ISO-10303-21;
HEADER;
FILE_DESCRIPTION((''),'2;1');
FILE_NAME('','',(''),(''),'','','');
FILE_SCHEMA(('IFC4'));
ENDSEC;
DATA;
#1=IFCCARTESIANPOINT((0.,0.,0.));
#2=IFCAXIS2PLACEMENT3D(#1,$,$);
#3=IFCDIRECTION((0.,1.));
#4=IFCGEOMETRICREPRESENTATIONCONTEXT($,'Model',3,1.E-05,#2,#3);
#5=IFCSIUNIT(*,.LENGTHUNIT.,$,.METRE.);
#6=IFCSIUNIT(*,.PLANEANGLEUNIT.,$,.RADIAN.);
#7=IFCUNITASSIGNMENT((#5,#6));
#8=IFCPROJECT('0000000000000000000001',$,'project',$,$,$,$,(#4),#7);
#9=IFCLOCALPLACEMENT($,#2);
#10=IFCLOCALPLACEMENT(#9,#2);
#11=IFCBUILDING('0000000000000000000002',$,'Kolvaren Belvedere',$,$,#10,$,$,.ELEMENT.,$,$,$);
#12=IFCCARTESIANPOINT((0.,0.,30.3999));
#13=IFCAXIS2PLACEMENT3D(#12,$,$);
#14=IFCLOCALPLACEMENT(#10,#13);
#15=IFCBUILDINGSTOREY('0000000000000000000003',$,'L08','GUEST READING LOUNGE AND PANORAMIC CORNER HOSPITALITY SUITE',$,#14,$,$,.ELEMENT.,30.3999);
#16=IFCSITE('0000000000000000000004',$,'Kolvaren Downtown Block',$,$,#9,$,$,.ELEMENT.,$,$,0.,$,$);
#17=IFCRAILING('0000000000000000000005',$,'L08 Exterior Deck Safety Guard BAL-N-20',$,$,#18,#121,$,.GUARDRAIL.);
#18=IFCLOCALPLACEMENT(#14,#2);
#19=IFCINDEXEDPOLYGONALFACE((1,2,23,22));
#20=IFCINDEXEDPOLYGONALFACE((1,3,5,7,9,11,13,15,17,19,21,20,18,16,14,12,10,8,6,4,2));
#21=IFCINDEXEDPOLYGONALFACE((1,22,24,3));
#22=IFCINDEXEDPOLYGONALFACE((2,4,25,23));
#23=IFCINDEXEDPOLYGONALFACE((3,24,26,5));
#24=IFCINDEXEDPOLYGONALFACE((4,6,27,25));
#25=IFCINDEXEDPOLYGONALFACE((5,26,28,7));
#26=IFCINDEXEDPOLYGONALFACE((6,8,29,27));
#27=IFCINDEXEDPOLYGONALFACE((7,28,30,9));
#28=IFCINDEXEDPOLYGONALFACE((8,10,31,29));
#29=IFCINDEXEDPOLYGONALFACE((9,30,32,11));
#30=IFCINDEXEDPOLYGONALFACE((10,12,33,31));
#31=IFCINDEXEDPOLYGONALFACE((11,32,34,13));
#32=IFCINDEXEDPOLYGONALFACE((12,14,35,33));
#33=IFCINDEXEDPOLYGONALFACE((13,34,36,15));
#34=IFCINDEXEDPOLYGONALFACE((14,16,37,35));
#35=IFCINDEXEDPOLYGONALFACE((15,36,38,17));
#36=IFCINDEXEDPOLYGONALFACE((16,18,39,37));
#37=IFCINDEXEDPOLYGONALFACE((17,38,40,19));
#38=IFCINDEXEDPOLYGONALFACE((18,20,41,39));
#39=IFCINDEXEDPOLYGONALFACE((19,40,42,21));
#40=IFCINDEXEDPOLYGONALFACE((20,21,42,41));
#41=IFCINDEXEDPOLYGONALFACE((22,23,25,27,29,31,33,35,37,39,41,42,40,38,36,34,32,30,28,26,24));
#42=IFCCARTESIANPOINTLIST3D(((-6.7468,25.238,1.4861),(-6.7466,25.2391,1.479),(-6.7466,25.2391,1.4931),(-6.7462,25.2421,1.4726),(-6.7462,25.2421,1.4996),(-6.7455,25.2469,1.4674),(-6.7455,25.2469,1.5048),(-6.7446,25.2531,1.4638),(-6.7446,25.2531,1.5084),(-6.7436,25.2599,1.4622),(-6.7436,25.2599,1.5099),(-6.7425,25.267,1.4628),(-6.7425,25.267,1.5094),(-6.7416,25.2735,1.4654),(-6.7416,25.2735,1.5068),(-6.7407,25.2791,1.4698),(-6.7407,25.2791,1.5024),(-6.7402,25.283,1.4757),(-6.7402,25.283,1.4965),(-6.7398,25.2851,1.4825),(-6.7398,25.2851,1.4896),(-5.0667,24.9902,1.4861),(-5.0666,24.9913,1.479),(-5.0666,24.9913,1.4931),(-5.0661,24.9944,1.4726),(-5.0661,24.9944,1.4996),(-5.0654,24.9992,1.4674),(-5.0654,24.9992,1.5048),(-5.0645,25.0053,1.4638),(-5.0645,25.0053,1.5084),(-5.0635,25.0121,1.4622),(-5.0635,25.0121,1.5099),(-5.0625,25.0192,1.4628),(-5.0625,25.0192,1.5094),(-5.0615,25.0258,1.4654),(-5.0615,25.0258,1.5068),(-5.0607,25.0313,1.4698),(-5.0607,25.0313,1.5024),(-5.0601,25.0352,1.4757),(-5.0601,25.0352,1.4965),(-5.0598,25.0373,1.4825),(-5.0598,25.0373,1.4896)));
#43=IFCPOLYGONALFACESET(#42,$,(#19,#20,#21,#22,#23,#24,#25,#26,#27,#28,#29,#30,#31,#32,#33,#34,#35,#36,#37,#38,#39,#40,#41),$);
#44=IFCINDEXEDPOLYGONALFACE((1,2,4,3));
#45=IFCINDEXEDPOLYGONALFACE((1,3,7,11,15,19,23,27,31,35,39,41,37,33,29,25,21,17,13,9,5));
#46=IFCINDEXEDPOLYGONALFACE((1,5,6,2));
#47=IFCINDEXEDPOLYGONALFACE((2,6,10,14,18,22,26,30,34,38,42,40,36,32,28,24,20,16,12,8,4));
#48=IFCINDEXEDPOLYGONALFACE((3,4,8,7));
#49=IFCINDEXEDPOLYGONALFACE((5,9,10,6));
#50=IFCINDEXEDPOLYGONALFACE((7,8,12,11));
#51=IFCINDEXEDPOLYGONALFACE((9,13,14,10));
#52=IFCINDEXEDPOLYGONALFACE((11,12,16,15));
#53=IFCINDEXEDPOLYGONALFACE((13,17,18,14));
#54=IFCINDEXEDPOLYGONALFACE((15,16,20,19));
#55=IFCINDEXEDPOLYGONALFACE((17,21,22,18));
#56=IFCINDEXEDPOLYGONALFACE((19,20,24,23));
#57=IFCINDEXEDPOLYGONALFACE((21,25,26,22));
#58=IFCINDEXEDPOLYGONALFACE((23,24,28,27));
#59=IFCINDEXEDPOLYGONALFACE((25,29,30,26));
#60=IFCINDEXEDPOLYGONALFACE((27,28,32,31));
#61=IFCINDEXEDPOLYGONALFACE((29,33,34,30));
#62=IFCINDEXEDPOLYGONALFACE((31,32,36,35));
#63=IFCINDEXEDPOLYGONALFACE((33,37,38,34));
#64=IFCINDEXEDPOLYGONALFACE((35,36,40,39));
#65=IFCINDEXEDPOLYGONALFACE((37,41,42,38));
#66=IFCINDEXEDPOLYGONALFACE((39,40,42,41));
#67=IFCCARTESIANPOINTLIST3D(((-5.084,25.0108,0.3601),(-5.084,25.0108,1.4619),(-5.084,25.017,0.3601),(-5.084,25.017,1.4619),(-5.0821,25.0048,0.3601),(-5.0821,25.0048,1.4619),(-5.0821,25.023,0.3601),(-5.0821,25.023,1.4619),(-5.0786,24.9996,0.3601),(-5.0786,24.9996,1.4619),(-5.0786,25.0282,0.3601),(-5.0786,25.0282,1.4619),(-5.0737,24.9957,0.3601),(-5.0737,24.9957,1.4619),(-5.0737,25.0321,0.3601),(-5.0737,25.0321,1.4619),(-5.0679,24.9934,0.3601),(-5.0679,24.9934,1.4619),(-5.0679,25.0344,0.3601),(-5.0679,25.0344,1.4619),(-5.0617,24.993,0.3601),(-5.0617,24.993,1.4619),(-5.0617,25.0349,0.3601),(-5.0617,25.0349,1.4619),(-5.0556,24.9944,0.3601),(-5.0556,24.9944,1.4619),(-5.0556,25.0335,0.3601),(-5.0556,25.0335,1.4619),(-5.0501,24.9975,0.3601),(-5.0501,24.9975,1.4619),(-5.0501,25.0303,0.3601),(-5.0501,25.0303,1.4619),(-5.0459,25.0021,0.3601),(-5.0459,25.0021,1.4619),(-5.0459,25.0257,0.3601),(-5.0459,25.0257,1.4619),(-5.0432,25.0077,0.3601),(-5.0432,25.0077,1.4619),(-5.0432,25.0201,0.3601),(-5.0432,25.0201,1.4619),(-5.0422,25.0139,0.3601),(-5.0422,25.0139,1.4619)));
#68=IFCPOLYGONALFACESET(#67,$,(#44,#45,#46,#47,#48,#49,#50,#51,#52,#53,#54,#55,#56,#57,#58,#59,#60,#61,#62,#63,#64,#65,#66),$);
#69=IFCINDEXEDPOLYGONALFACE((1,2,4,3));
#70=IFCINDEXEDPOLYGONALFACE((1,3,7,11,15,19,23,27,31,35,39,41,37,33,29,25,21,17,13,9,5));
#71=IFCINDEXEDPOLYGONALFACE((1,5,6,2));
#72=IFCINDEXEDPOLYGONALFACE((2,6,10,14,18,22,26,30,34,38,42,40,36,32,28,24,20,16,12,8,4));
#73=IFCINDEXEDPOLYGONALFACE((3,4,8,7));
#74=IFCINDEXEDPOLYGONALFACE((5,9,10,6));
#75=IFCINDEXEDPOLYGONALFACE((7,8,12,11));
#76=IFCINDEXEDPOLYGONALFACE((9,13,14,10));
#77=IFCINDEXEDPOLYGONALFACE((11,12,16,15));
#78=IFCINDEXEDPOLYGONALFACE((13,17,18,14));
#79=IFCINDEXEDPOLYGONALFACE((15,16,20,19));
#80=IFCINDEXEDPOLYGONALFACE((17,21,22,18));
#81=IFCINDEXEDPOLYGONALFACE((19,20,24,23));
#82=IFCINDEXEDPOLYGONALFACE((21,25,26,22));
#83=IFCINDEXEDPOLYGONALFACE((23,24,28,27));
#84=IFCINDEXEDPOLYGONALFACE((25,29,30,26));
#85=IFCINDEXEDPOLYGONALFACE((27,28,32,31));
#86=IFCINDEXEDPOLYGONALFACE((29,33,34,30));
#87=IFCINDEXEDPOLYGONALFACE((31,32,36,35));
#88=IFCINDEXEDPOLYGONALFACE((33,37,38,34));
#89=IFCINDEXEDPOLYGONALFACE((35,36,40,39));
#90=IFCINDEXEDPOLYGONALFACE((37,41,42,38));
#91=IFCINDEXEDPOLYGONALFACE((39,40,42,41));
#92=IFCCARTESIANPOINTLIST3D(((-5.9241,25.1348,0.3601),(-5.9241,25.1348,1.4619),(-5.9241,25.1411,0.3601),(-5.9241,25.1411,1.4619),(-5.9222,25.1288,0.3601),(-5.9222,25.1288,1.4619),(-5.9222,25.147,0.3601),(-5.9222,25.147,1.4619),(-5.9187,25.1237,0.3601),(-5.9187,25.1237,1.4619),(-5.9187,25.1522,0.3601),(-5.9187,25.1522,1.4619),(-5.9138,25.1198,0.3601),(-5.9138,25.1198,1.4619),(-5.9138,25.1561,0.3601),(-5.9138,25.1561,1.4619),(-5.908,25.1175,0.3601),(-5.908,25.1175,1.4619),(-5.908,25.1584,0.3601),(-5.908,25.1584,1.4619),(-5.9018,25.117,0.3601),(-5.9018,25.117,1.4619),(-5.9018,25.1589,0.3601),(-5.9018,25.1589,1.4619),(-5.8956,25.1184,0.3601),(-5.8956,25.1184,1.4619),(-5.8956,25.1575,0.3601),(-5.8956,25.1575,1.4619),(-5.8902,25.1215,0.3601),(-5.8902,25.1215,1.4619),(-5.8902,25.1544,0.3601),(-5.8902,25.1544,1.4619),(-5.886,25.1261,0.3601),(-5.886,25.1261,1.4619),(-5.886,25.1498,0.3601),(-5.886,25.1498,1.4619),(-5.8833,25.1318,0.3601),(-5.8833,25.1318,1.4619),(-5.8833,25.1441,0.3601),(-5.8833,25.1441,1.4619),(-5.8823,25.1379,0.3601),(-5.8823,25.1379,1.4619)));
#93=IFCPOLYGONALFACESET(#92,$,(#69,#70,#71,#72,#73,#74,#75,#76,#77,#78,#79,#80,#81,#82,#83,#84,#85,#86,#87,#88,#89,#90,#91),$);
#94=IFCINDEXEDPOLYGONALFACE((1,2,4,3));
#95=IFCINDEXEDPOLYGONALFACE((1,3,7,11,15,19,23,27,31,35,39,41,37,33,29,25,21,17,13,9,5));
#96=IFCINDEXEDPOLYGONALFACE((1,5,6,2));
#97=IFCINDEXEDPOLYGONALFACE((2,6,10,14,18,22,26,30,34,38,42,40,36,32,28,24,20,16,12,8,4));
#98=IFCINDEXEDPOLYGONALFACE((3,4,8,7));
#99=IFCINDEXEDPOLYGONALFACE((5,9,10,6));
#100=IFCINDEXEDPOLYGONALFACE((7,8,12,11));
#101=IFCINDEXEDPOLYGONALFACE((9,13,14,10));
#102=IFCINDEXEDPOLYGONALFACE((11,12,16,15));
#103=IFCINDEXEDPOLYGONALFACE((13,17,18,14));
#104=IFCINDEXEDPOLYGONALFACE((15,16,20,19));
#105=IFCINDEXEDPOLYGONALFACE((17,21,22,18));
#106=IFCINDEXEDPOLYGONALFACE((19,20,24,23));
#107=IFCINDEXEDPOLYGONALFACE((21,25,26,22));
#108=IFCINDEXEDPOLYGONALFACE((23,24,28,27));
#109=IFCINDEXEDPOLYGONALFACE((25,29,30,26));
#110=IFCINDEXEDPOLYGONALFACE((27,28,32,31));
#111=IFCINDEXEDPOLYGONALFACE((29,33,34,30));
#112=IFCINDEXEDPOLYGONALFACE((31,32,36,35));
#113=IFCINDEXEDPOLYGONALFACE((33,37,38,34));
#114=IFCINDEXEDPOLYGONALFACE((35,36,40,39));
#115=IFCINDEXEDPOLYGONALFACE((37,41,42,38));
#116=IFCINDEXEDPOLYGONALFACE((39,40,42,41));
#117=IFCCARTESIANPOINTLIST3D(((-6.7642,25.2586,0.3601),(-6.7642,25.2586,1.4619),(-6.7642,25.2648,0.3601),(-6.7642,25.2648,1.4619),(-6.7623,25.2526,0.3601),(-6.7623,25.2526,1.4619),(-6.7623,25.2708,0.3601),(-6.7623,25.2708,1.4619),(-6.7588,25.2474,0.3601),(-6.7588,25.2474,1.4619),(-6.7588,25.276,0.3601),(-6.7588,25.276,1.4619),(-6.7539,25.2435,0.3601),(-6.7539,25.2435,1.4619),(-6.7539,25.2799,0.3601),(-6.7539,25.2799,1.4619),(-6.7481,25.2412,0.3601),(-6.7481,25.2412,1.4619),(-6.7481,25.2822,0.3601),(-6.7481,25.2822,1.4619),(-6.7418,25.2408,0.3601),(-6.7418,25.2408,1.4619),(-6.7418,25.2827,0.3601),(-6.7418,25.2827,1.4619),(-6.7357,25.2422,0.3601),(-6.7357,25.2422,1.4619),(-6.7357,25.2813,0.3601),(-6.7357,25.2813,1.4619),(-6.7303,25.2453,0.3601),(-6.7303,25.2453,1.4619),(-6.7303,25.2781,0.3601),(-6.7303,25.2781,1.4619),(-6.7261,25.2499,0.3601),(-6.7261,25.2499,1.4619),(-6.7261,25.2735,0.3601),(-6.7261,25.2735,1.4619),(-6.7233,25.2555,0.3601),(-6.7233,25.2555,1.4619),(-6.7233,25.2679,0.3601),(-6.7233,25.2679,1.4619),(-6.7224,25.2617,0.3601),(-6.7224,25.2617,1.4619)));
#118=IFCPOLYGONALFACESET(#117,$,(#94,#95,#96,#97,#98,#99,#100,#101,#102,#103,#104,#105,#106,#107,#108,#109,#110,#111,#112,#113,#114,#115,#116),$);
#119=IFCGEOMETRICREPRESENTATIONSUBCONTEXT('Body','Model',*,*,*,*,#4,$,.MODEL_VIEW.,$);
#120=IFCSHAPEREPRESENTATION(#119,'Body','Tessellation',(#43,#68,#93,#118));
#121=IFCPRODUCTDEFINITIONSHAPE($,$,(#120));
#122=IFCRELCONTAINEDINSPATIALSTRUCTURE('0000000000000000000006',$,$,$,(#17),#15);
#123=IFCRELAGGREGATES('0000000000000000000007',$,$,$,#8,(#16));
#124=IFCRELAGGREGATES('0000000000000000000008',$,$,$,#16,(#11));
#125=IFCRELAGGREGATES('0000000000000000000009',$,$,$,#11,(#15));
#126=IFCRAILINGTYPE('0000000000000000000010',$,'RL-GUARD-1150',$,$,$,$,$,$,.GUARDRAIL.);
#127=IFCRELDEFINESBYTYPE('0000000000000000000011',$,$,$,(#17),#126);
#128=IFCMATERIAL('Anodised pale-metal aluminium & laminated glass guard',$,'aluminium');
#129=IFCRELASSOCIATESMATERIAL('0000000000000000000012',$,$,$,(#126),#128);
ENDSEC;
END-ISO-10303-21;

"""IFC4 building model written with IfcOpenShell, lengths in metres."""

from ifc_helpers import new_model, si_unit, direction, frame, origin, origin_2d, place, context, subcontext, project, spatial, circle, extrude, material, type_object, element, save


model = new_model("IFC4")

# Units and contexts
model_context = context("Model", 3, precision=1e-05, world=origin(), true_north=direction((0.0, 1.0)))
body_context = subcontext(model_context, "Body", "Model", "MODEL_VIEW")
ifc_project = project(units=[si_unit("LENGTHUNIT", "METRE"), si_unit("PLANEANGLEUNIT", "RADIAN")], contexts=[model_context])

# Site, building, storey
site_placement = place(None, origin())
site = spatial("IfcSite", under=ifc_project, at=site_placement, Name="Kolvaren Downtown Block", CompositionType="ELEMENT", RefElevation=0.0)
building_placement = place(site_placement, origin())
building = spatial("IfcBuilding", under=site, at=building_placement, Name="Kolvaren Belvedere", CompositionType="ELEMENT")
storey_placement = place(building_placement, frame((0.0, 0.0, 30.3999)))
storey = spatial("IfcBuildingStorey", under=building, at=storey_placement, Name="L08", Description="GUEST READING LOUNGE AND PANORAMIC CORNER HOSPITALITY SUITE", CompositionType="ELEMENT", Elevation=30.3999)

# Railing
ifc_material_1 = material(Name="Anodised pale-metal aluminium & laminated glass guard", Category="aluminium")
railing_type = type_object("IfcRailingType", Name="RL-GUARD-1150", PredefinedType="GUARDRAIL", material=ifc_material_1)
railing_1_placement = place(storey_placement, frame((-5.0632, 25.0139, 0.3601)))
element("IfcRailing", 1, at=railing_1_placement, inside=storey, type_object=railing_type, Name="L08 Exterior Deck Safety Guard BAL-N-20", PredefinedType="GUARDRAIL", context=body_context, shape_type="SweptSolid", body=[
    extrude(circle(Radius=0.0239, at=origin_2d()), frame((0.0, 0.0, 1.126), z_axis=(-0.989298, 0.145908, 0.0), x_axis=(-0.145908, -0.989298, 0.0)), (0.0, 0.0, 1.0), 1.6982),
    extrude(circle(Radius=0.021, at=origin_2d()), origin(), (0.0, 0.0, 1.0), 1.1018),
    extrude(circle(Radius=0.021, at=origin_2d()), frame((-0.8401, 0.124, 0.0)), (0.0, 0.0, 1.0), 1.1018),
    extrude(circle(Radius=0.021, at=origin_2d()), frame((-1.6802, 0.2478, 0.0)), (0.0, 0.0, 1.0), 1.1018),
])

save(model, "model.ifc")
